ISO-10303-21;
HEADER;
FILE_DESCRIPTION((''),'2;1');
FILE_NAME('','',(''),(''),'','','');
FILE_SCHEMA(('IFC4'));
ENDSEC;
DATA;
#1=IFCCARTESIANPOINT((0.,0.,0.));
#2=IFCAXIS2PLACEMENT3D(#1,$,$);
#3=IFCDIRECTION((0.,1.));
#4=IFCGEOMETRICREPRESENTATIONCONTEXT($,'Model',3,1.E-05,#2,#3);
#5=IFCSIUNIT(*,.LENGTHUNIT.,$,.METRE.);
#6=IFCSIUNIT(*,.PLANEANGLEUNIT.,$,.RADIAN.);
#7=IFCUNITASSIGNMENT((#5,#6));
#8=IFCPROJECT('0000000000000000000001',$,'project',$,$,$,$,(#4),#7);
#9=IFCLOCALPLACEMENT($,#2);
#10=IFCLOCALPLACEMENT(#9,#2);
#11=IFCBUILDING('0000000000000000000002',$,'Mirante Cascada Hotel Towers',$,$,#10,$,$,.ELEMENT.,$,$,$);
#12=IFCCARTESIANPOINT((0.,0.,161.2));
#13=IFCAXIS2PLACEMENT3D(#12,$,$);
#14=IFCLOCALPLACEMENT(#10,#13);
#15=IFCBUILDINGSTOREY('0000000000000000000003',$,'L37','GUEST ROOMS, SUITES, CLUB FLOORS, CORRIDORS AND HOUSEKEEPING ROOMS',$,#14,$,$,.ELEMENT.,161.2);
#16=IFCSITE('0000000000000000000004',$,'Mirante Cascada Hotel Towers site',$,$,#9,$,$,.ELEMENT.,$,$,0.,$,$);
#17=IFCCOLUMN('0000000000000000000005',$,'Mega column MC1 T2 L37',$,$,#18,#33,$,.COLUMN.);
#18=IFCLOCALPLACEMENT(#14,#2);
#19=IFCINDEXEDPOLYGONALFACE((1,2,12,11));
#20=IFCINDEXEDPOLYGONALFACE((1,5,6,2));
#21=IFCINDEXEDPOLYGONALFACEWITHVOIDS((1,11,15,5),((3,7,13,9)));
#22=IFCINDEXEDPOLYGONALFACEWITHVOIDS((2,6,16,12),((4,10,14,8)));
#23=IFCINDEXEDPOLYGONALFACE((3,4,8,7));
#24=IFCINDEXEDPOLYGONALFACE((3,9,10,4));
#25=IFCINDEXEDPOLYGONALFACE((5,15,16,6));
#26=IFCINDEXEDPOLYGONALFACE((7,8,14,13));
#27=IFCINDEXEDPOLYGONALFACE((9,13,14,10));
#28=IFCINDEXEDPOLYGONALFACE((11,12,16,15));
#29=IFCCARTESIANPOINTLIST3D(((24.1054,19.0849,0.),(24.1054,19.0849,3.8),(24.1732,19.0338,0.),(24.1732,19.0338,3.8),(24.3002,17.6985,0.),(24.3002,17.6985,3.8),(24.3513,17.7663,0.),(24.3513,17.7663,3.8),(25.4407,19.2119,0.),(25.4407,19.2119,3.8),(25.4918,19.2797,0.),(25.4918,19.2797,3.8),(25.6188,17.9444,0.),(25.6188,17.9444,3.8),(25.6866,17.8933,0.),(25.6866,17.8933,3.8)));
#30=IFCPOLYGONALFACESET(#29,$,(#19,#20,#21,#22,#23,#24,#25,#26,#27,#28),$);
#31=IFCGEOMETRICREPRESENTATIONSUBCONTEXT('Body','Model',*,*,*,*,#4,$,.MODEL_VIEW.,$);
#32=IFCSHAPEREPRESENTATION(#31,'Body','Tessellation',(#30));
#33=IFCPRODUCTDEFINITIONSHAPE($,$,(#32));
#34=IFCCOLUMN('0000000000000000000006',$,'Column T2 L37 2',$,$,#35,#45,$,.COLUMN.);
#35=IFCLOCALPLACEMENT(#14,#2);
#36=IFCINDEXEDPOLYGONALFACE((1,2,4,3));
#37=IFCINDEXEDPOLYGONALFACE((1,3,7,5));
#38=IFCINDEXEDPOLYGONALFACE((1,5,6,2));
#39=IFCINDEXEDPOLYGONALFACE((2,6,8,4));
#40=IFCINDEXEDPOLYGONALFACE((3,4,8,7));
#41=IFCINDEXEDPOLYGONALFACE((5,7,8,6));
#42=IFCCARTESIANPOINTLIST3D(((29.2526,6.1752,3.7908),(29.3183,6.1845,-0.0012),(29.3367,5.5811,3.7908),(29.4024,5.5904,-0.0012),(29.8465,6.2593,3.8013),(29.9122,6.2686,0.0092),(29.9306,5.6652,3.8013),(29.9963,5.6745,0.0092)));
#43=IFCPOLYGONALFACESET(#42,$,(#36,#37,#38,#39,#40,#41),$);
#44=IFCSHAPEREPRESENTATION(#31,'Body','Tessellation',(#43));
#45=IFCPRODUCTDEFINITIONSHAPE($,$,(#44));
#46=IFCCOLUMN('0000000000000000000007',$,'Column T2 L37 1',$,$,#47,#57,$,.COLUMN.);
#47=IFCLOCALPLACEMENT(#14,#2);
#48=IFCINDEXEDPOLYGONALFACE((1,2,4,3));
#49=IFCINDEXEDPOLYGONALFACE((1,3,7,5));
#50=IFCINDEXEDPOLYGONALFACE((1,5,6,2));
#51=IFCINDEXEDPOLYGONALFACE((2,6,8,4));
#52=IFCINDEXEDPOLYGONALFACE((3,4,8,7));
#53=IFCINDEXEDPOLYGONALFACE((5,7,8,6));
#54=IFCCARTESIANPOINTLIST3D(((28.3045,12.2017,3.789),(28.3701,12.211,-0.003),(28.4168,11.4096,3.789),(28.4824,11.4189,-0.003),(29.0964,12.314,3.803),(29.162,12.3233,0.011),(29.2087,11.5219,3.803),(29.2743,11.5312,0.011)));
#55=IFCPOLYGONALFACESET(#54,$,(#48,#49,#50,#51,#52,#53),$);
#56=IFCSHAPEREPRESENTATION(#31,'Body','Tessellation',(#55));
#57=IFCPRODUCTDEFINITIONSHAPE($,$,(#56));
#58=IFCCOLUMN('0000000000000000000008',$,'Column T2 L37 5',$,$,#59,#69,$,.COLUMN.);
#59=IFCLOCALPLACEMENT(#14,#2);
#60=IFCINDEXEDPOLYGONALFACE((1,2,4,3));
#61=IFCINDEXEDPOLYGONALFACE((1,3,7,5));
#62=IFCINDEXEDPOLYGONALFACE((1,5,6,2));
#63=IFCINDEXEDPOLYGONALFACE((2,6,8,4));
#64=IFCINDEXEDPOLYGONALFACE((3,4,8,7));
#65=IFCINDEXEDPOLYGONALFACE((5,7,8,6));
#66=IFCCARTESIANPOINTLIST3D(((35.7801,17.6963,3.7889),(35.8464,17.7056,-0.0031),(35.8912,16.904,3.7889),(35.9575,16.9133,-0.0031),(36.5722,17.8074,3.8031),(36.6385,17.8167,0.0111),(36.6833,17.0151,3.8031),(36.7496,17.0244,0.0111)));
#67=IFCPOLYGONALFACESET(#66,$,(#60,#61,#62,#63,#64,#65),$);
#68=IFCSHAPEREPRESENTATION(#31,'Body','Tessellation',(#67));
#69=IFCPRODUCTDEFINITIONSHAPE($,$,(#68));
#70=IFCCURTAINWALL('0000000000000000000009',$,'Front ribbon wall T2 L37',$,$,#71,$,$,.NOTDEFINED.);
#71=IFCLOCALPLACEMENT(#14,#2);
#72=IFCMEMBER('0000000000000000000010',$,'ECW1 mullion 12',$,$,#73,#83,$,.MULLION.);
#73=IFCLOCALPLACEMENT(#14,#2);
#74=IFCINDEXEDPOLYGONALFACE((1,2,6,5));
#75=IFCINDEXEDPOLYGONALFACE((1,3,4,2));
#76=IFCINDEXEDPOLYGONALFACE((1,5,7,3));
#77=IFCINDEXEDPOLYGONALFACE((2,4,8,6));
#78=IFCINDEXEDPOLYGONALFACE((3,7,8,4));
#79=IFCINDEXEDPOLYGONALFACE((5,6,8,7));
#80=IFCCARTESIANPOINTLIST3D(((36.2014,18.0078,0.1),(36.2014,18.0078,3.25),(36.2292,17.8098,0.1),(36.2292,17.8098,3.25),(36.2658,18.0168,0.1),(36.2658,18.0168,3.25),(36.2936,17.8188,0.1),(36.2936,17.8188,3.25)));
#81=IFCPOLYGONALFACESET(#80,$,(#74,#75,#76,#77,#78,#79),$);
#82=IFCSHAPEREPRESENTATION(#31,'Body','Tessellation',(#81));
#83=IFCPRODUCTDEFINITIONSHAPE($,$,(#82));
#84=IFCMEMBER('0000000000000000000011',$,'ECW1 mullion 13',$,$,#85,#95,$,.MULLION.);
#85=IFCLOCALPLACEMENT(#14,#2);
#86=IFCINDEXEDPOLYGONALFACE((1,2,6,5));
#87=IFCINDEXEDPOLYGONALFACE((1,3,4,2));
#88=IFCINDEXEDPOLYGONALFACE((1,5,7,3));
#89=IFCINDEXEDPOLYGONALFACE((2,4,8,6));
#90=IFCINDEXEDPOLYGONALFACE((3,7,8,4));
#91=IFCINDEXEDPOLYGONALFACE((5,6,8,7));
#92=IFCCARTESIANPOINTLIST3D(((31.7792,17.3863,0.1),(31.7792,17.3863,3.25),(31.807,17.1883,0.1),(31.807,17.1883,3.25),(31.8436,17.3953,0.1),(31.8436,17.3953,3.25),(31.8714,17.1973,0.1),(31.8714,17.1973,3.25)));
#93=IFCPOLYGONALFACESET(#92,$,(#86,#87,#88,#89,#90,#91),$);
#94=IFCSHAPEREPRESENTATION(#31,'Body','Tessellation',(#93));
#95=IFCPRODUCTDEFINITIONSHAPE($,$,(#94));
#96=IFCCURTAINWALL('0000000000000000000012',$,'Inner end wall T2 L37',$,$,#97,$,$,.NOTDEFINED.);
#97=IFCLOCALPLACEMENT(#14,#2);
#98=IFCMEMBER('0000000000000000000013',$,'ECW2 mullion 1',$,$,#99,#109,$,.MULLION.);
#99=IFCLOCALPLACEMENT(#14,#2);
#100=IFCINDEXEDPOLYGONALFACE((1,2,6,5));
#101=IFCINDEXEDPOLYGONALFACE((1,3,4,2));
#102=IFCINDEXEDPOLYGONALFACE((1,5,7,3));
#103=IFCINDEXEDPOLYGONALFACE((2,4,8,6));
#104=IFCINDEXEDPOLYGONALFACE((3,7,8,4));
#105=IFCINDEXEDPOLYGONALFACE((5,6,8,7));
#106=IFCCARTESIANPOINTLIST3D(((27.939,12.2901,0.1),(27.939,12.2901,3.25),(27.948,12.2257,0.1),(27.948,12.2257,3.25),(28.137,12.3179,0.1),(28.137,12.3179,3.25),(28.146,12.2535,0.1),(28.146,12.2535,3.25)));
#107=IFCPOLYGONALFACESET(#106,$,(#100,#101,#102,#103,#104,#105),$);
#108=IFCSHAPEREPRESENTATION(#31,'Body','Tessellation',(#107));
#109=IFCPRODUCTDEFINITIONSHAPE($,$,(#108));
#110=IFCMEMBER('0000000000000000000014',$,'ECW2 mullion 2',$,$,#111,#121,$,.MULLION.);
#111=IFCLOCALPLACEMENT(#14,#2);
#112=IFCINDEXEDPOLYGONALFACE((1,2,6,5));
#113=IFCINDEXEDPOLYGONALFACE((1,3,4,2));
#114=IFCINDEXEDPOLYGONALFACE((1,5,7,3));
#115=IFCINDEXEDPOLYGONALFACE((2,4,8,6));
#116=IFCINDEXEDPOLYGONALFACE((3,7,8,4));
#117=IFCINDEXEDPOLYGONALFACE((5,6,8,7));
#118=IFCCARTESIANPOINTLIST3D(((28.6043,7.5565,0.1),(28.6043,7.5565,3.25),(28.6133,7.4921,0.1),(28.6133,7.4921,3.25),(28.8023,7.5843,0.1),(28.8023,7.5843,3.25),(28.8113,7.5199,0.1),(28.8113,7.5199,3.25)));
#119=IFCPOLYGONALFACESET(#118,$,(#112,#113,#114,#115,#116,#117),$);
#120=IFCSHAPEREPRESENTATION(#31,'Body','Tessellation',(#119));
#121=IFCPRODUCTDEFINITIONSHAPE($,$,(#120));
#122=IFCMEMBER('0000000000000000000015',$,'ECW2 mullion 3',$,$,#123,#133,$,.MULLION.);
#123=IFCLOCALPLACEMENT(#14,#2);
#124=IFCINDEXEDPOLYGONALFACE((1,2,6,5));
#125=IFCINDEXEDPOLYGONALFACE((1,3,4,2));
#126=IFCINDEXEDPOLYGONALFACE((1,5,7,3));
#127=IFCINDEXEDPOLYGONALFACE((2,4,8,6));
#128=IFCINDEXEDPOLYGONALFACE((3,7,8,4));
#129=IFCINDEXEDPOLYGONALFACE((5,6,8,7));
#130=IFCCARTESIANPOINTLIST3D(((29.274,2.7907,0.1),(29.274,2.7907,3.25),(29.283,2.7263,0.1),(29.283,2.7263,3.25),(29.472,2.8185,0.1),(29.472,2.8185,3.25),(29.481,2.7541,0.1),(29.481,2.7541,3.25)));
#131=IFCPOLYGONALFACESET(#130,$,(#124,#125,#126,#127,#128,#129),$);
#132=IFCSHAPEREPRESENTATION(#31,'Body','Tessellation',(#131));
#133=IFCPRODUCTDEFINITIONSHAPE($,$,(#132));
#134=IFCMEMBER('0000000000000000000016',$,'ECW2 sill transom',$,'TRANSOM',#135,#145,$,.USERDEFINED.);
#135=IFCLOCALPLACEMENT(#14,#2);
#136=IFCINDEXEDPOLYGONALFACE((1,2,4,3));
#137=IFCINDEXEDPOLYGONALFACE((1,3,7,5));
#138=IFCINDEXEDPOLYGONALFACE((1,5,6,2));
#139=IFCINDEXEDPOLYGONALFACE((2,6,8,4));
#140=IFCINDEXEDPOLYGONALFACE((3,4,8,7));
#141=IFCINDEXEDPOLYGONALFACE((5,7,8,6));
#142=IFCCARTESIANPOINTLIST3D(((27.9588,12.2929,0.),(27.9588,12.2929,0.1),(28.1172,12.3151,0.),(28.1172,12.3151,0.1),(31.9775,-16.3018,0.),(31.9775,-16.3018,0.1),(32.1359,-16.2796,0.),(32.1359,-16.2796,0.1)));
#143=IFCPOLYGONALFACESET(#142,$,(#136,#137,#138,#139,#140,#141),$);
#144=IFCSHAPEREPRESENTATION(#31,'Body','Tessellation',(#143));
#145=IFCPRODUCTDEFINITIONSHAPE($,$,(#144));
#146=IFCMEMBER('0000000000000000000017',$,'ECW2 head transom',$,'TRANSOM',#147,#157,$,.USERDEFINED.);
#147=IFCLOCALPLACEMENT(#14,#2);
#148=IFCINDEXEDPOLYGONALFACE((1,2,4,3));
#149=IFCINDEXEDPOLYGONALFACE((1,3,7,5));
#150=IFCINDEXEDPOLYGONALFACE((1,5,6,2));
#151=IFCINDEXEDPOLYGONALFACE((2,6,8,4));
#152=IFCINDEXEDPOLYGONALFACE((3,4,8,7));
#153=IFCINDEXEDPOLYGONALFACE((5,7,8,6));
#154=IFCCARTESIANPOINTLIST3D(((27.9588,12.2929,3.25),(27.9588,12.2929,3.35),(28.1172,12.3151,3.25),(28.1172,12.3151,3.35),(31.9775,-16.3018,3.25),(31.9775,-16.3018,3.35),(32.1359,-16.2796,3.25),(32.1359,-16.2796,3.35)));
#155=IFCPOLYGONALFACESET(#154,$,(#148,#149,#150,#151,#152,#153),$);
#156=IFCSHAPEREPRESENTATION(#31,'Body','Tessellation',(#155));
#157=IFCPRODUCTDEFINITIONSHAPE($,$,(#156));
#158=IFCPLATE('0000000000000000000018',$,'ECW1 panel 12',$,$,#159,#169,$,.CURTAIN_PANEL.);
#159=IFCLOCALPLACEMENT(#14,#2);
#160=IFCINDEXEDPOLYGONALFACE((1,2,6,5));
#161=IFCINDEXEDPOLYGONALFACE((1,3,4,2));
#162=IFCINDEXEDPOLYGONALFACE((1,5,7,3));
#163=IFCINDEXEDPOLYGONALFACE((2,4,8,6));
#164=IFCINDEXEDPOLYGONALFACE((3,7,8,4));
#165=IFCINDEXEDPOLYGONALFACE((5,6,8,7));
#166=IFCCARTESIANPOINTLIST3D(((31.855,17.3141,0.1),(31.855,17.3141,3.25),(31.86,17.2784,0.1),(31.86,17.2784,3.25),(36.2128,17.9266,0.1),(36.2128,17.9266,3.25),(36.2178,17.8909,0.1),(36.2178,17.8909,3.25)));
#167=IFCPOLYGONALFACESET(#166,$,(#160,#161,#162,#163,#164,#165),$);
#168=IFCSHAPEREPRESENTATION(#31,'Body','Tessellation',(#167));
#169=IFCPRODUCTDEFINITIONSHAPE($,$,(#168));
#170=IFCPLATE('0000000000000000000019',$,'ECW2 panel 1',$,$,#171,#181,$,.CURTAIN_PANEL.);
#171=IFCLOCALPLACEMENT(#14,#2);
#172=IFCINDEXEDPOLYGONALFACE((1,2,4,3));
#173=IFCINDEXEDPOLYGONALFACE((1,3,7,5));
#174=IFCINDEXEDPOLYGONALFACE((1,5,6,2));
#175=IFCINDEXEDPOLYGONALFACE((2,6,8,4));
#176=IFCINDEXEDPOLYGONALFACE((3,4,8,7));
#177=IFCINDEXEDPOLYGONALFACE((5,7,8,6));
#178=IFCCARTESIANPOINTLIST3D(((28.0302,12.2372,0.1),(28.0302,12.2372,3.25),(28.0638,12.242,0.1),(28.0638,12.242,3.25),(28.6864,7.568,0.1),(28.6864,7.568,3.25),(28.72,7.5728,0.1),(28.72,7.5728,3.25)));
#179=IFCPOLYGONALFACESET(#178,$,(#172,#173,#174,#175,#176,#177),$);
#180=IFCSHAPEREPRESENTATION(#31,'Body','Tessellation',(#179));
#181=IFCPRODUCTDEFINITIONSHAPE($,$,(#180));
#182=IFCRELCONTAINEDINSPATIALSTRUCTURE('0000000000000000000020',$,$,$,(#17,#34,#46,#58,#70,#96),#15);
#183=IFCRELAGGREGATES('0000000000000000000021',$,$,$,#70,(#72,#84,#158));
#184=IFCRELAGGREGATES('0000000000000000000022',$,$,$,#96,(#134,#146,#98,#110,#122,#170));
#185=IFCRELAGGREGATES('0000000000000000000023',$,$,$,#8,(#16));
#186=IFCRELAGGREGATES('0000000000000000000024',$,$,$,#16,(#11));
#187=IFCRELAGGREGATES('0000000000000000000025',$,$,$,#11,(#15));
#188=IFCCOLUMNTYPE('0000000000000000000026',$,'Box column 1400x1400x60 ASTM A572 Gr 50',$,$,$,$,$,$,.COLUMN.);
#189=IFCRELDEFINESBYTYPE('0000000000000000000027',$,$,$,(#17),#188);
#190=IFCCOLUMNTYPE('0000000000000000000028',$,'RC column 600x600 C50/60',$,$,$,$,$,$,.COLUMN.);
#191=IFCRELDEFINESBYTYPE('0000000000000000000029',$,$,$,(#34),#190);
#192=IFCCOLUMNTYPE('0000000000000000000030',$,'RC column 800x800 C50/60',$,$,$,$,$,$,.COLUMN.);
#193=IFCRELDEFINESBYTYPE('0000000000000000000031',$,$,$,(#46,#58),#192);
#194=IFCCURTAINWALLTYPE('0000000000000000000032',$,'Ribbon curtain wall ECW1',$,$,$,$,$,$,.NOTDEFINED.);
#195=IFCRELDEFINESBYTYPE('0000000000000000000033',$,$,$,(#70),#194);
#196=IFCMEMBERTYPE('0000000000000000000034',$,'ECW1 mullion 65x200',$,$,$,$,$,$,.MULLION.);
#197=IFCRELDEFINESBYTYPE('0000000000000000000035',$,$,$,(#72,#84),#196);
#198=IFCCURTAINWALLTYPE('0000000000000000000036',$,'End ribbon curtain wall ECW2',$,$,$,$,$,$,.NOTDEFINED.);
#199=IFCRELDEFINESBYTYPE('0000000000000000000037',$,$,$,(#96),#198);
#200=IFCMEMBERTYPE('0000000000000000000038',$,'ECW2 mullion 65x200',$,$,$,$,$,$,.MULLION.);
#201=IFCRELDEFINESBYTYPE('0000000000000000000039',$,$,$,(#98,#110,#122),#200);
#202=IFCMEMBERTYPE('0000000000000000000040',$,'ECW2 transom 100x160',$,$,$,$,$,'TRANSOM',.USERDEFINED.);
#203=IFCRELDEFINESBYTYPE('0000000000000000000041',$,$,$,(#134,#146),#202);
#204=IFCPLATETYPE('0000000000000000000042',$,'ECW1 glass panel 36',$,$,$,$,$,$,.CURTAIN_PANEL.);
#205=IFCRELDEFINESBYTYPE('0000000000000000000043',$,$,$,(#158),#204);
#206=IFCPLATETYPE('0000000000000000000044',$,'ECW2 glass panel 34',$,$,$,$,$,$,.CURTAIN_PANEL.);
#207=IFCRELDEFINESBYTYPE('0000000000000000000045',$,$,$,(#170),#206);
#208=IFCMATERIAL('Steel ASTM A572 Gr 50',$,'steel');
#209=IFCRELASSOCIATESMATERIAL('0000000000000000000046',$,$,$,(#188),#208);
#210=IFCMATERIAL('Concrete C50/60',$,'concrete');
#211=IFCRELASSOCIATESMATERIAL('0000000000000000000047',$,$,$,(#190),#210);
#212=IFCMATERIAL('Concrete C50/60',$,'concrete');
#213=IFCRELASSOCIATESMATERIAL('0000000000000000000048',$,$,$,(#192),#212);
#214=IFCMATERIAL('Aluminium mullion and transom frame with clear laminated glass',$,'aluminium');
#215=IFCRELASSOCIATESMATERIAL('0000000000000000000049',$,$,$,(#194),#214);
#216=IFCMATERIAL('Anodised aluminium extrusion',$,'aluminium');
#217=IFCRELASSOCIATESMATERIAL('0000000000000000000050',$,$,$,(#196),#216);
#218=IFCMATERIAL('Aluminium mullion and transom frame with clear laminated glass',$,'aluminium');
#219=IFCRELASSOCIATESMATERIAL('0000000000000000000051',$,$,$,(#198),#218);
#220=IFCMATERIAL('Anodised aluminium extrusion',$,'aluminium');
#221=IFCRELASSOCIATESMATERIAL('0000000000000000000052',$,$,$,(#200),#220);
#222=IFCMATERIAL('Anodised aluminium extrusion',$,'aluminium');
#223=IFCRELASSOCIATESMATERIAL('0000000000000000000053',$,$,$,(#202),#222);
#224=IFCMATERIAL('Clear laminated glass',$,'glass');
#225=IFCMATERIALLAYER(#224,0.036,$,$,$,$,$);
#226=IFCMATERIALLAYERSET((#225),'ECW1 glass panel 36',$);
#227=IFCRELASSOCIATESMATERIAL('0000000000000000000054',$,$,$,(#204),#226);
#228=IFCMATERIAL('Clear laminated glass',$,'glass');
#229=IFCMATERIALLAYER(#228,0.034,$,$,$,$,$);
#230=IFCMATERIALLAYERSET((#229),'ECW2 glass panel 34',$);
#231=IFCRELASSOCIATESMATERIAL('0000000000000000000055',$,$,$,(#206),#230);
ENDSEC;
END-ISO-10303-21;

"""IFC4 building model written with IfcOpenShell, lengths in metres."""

from ifc_helpers import new_model, si_unit, direction, frame, origin, origin_2d, place, context, subcontext, project, spatial, rectangle, hollow_rectangle, extrude, material, layer, layer_set, material_profile, profile_set, type_object, element, aggregate, save


model = new_model("IFC4")

# Units and contexts
model_context = context("Model", 3, precision=1e-05, world=origin(), true_north=direction((0.0, 1.0)))
body_context = subcontext(model_context, "Body", "Model", "MODEL_VIEW")
ifc_project = project(units=[si_unit("LENGTHUNIT", "METRE"), si_unit("PLANEANGLEUNIT", "RADIAN")], contexts=[model_context])

# Site, building, storey
site_placement = place(None, origin())
site = spatial("IfcSite", under=ifc_project, at=site_placement, Name="Mirante Cascada Hotel Towers site", CompositionType="ELEMENT", RefElevation=0.0)
building_placement = place(site_placement, origin())
building = spatial("IfcBuilding", under=site, at=building_placement, Name="Mirante Cascada Hotel Towers", CompositionType="ELEMENT")
storey_placement = place(building_placement, frame((0.0, 0.0, 161.2)))
storey = spatial("IfcBuildingStorey", under=building, at=storey_placement, Name="L37", Description="GUEST ROOMS, SUITES, CLUB FLOORS, CORRIDORS AND HOUSEKEEPING ROOMS", CompositionType="ELEMENT", Elevation=161.2)

# Columns
ifc_material_1 = material(Name="Steel ASTM A572 Gr 50", Category="steel")
ifc_material_profile_1 = material_profile(ifc_material_1, hollow_rectangle(XDim=1.4, YDim=1.4, WallThickness=0.06, at=origin_2d()), Name="Box column 1400x1400x60 ASTM A572 Gr 50")
ifc_profile_set_1 = profile_set([ifc_material_profile_1], Name="Steel ASTM A572 Gr 50")
column_type_1 = type_object("IfcColumnType", Name="Box column 1400x1400x60 ASTM A572 Gr 50", PredefinedType="COLUMN", material=ifc_profile_set_1)
column_1_placement = place(storey_placement, frame((24.896, 18.4891, 0.0), z_axis=(0.0, 0.0, 1.0), x_axis=(0.990268, 0.139173, 0.0)))
element("IfcColumn", 1, at=column_1_placement, inside=storey, type_object=column_type_1, Name="Mega column MC1 T2 L37", PredefinedType="COLUMN", context=body_context, shape_type="SweptSolid", body=[
    extrude(hollow_rectangle(XDim=1.4, YDim=1.4, WallThickness=0.06, at=origin_2d()), origin(), (0.0, 0.0, 1.0), 3.8),
])
ifc_material_2 = material(Name="Concrete C50/60", Category="concrete")
ifc_material_profile_2 = material_profile(ifc_material_2, rectangle(XDim=0.6, YDim=0.6, at=origin_2d()), Name="RC column 600x600 C50/60")
ifc_profile_set_2 = profile_set([ifc_material_profile_2], Name="Concrete C50/60")
column_type_2 = type_object("IfcColumnType", Name="RC column 600x600 C50/60", PredefinedType="COLUMN", material=ifc_profile_set_2)
column_2_placement = place(storey_placement, frame((29.6573, 5.9295, 0.004), z_axis=(-0.017323, -0.002452, 0.999847), x_axis=(0.140155, -0.990129, 0.0)))
element("IfcColumn", 2, at=column_2_placement, inside=storey, type_object=column_type_2, Name="Column T2 L37 2", PredefinedType="COLUMN", context=body_context, shape_type="SweptSolid", body=[
    extrude(rectangle(XDim=0.6, YDim=0.6, at=origin_2d()), origin(), (0.0, 0.0, 1.0), 3.7926),
])
ifc_material_3 = material(Name="Concrete C50/60", Category="concrete")
ifc_material_profile_3 = material_profile(ifc_material_3, rectangle(XDim=0.8, YDim=0.8, at=origin_2d()), Name="RC column 800x800 C50/60")
ifc_profile_set_3 = profile_set([ifc_material_profile_3], Name="Concrete C50/60")
column_type_3 = type_object("IfcColumnType", Name="RC column 800x800 C50/60", PredefinedType="COLUMN", material=ifc_profile_set_3)
for number, where, z_axis, x_axis, name in (
    (3, (28.8222, 11.8711, 0.004), (-0.017297, -0.002452, 0.999847), (0.140365, -0.9901, 0.0), "Column T2 L37 1"),
    (4, (36.298, 17.365, 0.004), (-0.017482, -0.002452, 0.999844), (0.138911, -0.990305, 0.0), "Column T2 L37 5"),
):
    element("IfcColumn", number, at=place(storey_placement, frame(where, z_axis=z_axis, x_axis=x_axis)), inside=storey, type_object=column_type_3, Name=name, PredefinedType="COLUMN", context=body_context, shape_type="SweptSolid", body=[
        extrude(rectangle(XDim=0.8, YDim=0.8, at=origin_2d()), origin(), (0.0, 0.0, 1.0), 3.7926),
    ])

# Curtain walls, members
ifc_material_4 = material(Name="Aluminium mullion and transom frame with clear laminated glass", Category="aluminium")
curtain_wall_type_1 = type_object("IfcCurtainWallType", Name="Ribbon curtain wall ECW1", PredefinedType="NOTDEFINED", material=ifc_material_4)
curtain_wall_1_placement = place(storey_placement, origin())
curtain_wall_1 = element("IfcCurtainWall", 5, at=curtain_wall_1_placement, inside=storey, type_object=curtain_wall_type_1, Name="Front ribbon wall T2 L37", PredefinedType="NOTDEFINED")
ifc_material_5 = material(Name="Anodised aluminium extrusion", Category="aluminium")
ifc_material_profile_4 = material_profile(ifc_material_5, rectangle(XDim=0.2, YDim=0.065, at=origin_2d()), Name="ECW1 MULLION 65x200")
ifc_profile_set_4 = profile_set([ifc_material_profile_4], Name="Anodised aluminium extrusion")
member_type_1 = type_object("IfcMemberType", Name="ECW1 mullion 65x200", PredefinedType="MULLION", material=ifc_profile_set_4)
member_1_placement = place(storey_placement, frame((36.2475, 17.9133, 0.1), z_axis=(0.0, 0.0, 1.0), x_axis=(0.139173, -0.990268, 0.0)))
member_1 = element("IfcMember", 6, at=member_1_placement, type_object=member_type_1, Name="ECW1 mullion 12", PredefinedType="MULLION", context=body_context, shape_type="SweptSolid", body=[
    extrude(rectangle(XDim=0.2, YDim=0.065, at=origin_2d()), origin(), (0.0, 0.0, 1.0), 3.15),
])
member_2_placement = place(storey_placement, frame((31.8253, 17.2918, 0.1), z_axis=(0.0, 0.0, 1.0), x_axis=(0.139173, -0.990268, 0.0)))
member_2 = element("IfcMember", 7, at=member_2_placement, type_object=member_type_1, Name="ECW1 mullion 13", PredefinedType="MULLION", context=body_context, shape_type="SweptSolid", body=[
    extrude(rectangle(XDim=0.2, YDim=0.065, at=origin_2d()), origin(), (0.0, 0.0, 1.0), 3.15),
])
ifc_material_6 = material(Name="Aluminium mullion and transom frame with clear laminated glass", Category="aluminium")
curtain_wall_type_2 = type_object("IfcCurtainWallType", Name="End ribbon curtain wall ECW2", PredefinedType="NOTDEFINED", material=ifc_material_6)
curtain_wall_2_placement = place(storey_placement, origin())
curtain_wall_2 = element("IfcCurtainWall", 8, at=curtain_wall_2_placement, inside=storey, type_object=curtain_wall_type_2, Name="Inner end wall T2 L37", PredefinedType="NOTDEFINED")
ifc_material_7 = material(Name="Anodised aluminium extrusion", Category="aluminium")
ifc_material_profile_5 = material_profile(ifc_material_7, rectangle(XDim=0.2, YDim=0.065, at=origin_2d()), Name="ECW2 MULLION 65x200")
ifc_profile_set_5 = profile_set([ifc_material_profile_5], Name="Anodised aluminium extrusion")
member_type_2 = type_object("IfcMemberType", Name="ECW2 mullion 65x200", PredefinedType="MULLION", material=ifc_profile_set_5)
member_3_placement = place(storey_placement, frame((28.0425, 12.2718, 0.1), z_axis=(0.0, 0.0, 1.0), x_axis=(0.990268, 0.139173, 0.0)))
member_3 = element("IfcMember", 9, at=member_3_placement, type_object=member_type_2, Name="ECW2 mullion 1", PredefinedType="MULLION", context=body_context, shape_type="SweptSolid", body=[
    extrude(rectangle(XDim=0.2, YDim=0.065, at=origin_2d()), origin(), (0.0, 0.0, 1.0), 3.15),
])
member_4_placement = place(storey_placement, frame((28.7078, 7.5382, 0.1), z_axis=(0.0, 0.0, 1.0), x_axis=(0.990268, 0.139173, 0.0)))
member_4 = element("IfcMember", 10, at=member_4_placement, type_object=member_type_2, Name="ECW2 mullion 2", PredefinedType="MULLION", context=body_context, shape_type="SweptSolid", body=[
    extrude(rectangle(XDim=0.2, YDim=0.065, at=origin_2d()), origin(), (0.0, 0.0, 1.0), 3.15),
])
member_5_placement = place(storey_placement, frame((29.3775, 2.7724, 0.1), z_axis=(0.0, 0.0, 1.0), x_axis=(0.990268, 0.139173, 0.0)))
member_5 = element("IfcMember", 11, at=member_5_placement, type_object=member_type_2, Name="ECW2 mullion 3", PredefinedType="MULLION", context=body_context, shape_type="SweptSolid", body=[
    extrude(rectangle(XDim=0.2, YDim=0.065, at=origin_2d()), origin(), (0.0, 0.0, 1.0), 3.15),
])
ifc_material_8 = material(Name="Anodised aluminium extrusion", Category="aluminium")
ifc_material_profile_6 = material_profile(ifc_material_8, rectangle(XDim=0.16, YDim=0.1, at=origin_2d()), Name="ECW2 TRANSOM 100x160")
ifc_profile_set_6 = profile_set([ifc_material_profile_6], Name="Anodised aluminium extrusion")
member_type_3 = type_object("IfcMemberType", Name="ECW2 transom 100x160", ElementType="TRANSOM", PredefinedType="USERDEFINED", material=ifc_profile_set_6)
member_6_placement = place(storey_placement, frame((28.038, 12.304, 0.05), z_axis=(0.139172, -0.990268, 0.0), x_axis=(0.990268, 0.139172, 0.0)))
member_6 = element("IfcMember", 12, at=member_6_placement, type_object=member_type_3, Name="ECW2 sill transom", ObjectType="TRANSOM", PredefinedType="USERDEFINED", context=body_context, shape_type="SweptSolid", body=[
    extrude(rectangle(XDim=0.16, YDim=0.1, at=origin_2d()), origin(), (0.0, 0.0, 1.0), 28.8757),
])
member_7_placement = place(storey_placement, frame((28.038, 12.304, 3.3), z_axis=(0.139172, -0.990268, 0.0), x_axis=(0.990268, 0.139172, 0.0)))
member_7 = element("IfcMember", 13, at=member_7_placement, type_object=member_type_3, Name="ECW2 head transom", ObjectType="TRANSOM", PredefinedType="USERDEFINED", context=body_context, shape_type="SweptSolid", body=[
    extrude(rectangle(XDim=0.16, YDim=0.1, at=origin_2d()), origin(), (0.0, 0.0, 1.0), 28.8757),
])

# Plates
ifc_material_9 = material(Name="Clear laminated glass", Category="glass")
ifc_layer_1 = layer(ifc_material_9, 0.036)
ifc_layer_set_1 = layer_set([ifc_layer_1], Name="ECW1 glass panel 36")
plate_type_1 = type_object("IfcPlateType", Name="ECW1 glass panel 36", PredefinedType="CURTAIN_PANEL", material=ifc_layer_set_1)
plate_1_placement = place(storey_placement, frame((34.0364, 17.6025, 0.1), z_axis=(0.0, 0.0, 1.0), x_axis=(-0.990268, -0.139173, 0.0)))
plate_1 = element("IfcPlate", 14, at=plate_1_placement, type_object=plate_type_1, Name="ECW1 panel 12", PredefinedType="CURTAIN_PANEL", context=body_context, shape_type="SweptSolid", body=[
    extrude(rectangle(XDim=4.4007, YDim=0.036, at=origin_2d()), origin(), (0.0, 0.0, 1.0), 3.15),
])
aggregate(curtain_wall_1, [member_1, member_2, plate_1])
ifc_material_10 = material(Name="Clear laminated glass", Category="glass")
ifc_layer_2 = layer(ifc_material_10, 0.034)
ifc_layer_set_2 = layer_set([ifc_layer_2], Name="ECW2 glass panel 34")
plate_type_2 = type_object("IfcPlateType", Name="ECW2 glass panel 34", PredefinedType="CURTAIN_PANEL", material=ifc_layer_set_2)
plate_2_placement = place(storey_placement, frame((28.3751, 9.905, 0.1), z_axis=(0.0, 0.0, 1.0), x_axis=(0.139173, -0.990268, 0.0)))
plate_2 = element("IfcPlate", 15, at=plate_2_placement, type_object=plate_type_2, Name="ECW2 panel 1", PredefinedType="CURTAIN_PANEL", context=body_context, shape_type="SweptSolid", body=[
    extrude(rectangle(XDim=4.7151, YDim=0.034, at=origin_2d()), origin(), (0.0, 0.0, 1.0), 3.15),
])
aggregate(curtain_wall_2, [member_6, member_7, member_3, member_4, member_5, plate_2])

save(model, "model.ifc")
